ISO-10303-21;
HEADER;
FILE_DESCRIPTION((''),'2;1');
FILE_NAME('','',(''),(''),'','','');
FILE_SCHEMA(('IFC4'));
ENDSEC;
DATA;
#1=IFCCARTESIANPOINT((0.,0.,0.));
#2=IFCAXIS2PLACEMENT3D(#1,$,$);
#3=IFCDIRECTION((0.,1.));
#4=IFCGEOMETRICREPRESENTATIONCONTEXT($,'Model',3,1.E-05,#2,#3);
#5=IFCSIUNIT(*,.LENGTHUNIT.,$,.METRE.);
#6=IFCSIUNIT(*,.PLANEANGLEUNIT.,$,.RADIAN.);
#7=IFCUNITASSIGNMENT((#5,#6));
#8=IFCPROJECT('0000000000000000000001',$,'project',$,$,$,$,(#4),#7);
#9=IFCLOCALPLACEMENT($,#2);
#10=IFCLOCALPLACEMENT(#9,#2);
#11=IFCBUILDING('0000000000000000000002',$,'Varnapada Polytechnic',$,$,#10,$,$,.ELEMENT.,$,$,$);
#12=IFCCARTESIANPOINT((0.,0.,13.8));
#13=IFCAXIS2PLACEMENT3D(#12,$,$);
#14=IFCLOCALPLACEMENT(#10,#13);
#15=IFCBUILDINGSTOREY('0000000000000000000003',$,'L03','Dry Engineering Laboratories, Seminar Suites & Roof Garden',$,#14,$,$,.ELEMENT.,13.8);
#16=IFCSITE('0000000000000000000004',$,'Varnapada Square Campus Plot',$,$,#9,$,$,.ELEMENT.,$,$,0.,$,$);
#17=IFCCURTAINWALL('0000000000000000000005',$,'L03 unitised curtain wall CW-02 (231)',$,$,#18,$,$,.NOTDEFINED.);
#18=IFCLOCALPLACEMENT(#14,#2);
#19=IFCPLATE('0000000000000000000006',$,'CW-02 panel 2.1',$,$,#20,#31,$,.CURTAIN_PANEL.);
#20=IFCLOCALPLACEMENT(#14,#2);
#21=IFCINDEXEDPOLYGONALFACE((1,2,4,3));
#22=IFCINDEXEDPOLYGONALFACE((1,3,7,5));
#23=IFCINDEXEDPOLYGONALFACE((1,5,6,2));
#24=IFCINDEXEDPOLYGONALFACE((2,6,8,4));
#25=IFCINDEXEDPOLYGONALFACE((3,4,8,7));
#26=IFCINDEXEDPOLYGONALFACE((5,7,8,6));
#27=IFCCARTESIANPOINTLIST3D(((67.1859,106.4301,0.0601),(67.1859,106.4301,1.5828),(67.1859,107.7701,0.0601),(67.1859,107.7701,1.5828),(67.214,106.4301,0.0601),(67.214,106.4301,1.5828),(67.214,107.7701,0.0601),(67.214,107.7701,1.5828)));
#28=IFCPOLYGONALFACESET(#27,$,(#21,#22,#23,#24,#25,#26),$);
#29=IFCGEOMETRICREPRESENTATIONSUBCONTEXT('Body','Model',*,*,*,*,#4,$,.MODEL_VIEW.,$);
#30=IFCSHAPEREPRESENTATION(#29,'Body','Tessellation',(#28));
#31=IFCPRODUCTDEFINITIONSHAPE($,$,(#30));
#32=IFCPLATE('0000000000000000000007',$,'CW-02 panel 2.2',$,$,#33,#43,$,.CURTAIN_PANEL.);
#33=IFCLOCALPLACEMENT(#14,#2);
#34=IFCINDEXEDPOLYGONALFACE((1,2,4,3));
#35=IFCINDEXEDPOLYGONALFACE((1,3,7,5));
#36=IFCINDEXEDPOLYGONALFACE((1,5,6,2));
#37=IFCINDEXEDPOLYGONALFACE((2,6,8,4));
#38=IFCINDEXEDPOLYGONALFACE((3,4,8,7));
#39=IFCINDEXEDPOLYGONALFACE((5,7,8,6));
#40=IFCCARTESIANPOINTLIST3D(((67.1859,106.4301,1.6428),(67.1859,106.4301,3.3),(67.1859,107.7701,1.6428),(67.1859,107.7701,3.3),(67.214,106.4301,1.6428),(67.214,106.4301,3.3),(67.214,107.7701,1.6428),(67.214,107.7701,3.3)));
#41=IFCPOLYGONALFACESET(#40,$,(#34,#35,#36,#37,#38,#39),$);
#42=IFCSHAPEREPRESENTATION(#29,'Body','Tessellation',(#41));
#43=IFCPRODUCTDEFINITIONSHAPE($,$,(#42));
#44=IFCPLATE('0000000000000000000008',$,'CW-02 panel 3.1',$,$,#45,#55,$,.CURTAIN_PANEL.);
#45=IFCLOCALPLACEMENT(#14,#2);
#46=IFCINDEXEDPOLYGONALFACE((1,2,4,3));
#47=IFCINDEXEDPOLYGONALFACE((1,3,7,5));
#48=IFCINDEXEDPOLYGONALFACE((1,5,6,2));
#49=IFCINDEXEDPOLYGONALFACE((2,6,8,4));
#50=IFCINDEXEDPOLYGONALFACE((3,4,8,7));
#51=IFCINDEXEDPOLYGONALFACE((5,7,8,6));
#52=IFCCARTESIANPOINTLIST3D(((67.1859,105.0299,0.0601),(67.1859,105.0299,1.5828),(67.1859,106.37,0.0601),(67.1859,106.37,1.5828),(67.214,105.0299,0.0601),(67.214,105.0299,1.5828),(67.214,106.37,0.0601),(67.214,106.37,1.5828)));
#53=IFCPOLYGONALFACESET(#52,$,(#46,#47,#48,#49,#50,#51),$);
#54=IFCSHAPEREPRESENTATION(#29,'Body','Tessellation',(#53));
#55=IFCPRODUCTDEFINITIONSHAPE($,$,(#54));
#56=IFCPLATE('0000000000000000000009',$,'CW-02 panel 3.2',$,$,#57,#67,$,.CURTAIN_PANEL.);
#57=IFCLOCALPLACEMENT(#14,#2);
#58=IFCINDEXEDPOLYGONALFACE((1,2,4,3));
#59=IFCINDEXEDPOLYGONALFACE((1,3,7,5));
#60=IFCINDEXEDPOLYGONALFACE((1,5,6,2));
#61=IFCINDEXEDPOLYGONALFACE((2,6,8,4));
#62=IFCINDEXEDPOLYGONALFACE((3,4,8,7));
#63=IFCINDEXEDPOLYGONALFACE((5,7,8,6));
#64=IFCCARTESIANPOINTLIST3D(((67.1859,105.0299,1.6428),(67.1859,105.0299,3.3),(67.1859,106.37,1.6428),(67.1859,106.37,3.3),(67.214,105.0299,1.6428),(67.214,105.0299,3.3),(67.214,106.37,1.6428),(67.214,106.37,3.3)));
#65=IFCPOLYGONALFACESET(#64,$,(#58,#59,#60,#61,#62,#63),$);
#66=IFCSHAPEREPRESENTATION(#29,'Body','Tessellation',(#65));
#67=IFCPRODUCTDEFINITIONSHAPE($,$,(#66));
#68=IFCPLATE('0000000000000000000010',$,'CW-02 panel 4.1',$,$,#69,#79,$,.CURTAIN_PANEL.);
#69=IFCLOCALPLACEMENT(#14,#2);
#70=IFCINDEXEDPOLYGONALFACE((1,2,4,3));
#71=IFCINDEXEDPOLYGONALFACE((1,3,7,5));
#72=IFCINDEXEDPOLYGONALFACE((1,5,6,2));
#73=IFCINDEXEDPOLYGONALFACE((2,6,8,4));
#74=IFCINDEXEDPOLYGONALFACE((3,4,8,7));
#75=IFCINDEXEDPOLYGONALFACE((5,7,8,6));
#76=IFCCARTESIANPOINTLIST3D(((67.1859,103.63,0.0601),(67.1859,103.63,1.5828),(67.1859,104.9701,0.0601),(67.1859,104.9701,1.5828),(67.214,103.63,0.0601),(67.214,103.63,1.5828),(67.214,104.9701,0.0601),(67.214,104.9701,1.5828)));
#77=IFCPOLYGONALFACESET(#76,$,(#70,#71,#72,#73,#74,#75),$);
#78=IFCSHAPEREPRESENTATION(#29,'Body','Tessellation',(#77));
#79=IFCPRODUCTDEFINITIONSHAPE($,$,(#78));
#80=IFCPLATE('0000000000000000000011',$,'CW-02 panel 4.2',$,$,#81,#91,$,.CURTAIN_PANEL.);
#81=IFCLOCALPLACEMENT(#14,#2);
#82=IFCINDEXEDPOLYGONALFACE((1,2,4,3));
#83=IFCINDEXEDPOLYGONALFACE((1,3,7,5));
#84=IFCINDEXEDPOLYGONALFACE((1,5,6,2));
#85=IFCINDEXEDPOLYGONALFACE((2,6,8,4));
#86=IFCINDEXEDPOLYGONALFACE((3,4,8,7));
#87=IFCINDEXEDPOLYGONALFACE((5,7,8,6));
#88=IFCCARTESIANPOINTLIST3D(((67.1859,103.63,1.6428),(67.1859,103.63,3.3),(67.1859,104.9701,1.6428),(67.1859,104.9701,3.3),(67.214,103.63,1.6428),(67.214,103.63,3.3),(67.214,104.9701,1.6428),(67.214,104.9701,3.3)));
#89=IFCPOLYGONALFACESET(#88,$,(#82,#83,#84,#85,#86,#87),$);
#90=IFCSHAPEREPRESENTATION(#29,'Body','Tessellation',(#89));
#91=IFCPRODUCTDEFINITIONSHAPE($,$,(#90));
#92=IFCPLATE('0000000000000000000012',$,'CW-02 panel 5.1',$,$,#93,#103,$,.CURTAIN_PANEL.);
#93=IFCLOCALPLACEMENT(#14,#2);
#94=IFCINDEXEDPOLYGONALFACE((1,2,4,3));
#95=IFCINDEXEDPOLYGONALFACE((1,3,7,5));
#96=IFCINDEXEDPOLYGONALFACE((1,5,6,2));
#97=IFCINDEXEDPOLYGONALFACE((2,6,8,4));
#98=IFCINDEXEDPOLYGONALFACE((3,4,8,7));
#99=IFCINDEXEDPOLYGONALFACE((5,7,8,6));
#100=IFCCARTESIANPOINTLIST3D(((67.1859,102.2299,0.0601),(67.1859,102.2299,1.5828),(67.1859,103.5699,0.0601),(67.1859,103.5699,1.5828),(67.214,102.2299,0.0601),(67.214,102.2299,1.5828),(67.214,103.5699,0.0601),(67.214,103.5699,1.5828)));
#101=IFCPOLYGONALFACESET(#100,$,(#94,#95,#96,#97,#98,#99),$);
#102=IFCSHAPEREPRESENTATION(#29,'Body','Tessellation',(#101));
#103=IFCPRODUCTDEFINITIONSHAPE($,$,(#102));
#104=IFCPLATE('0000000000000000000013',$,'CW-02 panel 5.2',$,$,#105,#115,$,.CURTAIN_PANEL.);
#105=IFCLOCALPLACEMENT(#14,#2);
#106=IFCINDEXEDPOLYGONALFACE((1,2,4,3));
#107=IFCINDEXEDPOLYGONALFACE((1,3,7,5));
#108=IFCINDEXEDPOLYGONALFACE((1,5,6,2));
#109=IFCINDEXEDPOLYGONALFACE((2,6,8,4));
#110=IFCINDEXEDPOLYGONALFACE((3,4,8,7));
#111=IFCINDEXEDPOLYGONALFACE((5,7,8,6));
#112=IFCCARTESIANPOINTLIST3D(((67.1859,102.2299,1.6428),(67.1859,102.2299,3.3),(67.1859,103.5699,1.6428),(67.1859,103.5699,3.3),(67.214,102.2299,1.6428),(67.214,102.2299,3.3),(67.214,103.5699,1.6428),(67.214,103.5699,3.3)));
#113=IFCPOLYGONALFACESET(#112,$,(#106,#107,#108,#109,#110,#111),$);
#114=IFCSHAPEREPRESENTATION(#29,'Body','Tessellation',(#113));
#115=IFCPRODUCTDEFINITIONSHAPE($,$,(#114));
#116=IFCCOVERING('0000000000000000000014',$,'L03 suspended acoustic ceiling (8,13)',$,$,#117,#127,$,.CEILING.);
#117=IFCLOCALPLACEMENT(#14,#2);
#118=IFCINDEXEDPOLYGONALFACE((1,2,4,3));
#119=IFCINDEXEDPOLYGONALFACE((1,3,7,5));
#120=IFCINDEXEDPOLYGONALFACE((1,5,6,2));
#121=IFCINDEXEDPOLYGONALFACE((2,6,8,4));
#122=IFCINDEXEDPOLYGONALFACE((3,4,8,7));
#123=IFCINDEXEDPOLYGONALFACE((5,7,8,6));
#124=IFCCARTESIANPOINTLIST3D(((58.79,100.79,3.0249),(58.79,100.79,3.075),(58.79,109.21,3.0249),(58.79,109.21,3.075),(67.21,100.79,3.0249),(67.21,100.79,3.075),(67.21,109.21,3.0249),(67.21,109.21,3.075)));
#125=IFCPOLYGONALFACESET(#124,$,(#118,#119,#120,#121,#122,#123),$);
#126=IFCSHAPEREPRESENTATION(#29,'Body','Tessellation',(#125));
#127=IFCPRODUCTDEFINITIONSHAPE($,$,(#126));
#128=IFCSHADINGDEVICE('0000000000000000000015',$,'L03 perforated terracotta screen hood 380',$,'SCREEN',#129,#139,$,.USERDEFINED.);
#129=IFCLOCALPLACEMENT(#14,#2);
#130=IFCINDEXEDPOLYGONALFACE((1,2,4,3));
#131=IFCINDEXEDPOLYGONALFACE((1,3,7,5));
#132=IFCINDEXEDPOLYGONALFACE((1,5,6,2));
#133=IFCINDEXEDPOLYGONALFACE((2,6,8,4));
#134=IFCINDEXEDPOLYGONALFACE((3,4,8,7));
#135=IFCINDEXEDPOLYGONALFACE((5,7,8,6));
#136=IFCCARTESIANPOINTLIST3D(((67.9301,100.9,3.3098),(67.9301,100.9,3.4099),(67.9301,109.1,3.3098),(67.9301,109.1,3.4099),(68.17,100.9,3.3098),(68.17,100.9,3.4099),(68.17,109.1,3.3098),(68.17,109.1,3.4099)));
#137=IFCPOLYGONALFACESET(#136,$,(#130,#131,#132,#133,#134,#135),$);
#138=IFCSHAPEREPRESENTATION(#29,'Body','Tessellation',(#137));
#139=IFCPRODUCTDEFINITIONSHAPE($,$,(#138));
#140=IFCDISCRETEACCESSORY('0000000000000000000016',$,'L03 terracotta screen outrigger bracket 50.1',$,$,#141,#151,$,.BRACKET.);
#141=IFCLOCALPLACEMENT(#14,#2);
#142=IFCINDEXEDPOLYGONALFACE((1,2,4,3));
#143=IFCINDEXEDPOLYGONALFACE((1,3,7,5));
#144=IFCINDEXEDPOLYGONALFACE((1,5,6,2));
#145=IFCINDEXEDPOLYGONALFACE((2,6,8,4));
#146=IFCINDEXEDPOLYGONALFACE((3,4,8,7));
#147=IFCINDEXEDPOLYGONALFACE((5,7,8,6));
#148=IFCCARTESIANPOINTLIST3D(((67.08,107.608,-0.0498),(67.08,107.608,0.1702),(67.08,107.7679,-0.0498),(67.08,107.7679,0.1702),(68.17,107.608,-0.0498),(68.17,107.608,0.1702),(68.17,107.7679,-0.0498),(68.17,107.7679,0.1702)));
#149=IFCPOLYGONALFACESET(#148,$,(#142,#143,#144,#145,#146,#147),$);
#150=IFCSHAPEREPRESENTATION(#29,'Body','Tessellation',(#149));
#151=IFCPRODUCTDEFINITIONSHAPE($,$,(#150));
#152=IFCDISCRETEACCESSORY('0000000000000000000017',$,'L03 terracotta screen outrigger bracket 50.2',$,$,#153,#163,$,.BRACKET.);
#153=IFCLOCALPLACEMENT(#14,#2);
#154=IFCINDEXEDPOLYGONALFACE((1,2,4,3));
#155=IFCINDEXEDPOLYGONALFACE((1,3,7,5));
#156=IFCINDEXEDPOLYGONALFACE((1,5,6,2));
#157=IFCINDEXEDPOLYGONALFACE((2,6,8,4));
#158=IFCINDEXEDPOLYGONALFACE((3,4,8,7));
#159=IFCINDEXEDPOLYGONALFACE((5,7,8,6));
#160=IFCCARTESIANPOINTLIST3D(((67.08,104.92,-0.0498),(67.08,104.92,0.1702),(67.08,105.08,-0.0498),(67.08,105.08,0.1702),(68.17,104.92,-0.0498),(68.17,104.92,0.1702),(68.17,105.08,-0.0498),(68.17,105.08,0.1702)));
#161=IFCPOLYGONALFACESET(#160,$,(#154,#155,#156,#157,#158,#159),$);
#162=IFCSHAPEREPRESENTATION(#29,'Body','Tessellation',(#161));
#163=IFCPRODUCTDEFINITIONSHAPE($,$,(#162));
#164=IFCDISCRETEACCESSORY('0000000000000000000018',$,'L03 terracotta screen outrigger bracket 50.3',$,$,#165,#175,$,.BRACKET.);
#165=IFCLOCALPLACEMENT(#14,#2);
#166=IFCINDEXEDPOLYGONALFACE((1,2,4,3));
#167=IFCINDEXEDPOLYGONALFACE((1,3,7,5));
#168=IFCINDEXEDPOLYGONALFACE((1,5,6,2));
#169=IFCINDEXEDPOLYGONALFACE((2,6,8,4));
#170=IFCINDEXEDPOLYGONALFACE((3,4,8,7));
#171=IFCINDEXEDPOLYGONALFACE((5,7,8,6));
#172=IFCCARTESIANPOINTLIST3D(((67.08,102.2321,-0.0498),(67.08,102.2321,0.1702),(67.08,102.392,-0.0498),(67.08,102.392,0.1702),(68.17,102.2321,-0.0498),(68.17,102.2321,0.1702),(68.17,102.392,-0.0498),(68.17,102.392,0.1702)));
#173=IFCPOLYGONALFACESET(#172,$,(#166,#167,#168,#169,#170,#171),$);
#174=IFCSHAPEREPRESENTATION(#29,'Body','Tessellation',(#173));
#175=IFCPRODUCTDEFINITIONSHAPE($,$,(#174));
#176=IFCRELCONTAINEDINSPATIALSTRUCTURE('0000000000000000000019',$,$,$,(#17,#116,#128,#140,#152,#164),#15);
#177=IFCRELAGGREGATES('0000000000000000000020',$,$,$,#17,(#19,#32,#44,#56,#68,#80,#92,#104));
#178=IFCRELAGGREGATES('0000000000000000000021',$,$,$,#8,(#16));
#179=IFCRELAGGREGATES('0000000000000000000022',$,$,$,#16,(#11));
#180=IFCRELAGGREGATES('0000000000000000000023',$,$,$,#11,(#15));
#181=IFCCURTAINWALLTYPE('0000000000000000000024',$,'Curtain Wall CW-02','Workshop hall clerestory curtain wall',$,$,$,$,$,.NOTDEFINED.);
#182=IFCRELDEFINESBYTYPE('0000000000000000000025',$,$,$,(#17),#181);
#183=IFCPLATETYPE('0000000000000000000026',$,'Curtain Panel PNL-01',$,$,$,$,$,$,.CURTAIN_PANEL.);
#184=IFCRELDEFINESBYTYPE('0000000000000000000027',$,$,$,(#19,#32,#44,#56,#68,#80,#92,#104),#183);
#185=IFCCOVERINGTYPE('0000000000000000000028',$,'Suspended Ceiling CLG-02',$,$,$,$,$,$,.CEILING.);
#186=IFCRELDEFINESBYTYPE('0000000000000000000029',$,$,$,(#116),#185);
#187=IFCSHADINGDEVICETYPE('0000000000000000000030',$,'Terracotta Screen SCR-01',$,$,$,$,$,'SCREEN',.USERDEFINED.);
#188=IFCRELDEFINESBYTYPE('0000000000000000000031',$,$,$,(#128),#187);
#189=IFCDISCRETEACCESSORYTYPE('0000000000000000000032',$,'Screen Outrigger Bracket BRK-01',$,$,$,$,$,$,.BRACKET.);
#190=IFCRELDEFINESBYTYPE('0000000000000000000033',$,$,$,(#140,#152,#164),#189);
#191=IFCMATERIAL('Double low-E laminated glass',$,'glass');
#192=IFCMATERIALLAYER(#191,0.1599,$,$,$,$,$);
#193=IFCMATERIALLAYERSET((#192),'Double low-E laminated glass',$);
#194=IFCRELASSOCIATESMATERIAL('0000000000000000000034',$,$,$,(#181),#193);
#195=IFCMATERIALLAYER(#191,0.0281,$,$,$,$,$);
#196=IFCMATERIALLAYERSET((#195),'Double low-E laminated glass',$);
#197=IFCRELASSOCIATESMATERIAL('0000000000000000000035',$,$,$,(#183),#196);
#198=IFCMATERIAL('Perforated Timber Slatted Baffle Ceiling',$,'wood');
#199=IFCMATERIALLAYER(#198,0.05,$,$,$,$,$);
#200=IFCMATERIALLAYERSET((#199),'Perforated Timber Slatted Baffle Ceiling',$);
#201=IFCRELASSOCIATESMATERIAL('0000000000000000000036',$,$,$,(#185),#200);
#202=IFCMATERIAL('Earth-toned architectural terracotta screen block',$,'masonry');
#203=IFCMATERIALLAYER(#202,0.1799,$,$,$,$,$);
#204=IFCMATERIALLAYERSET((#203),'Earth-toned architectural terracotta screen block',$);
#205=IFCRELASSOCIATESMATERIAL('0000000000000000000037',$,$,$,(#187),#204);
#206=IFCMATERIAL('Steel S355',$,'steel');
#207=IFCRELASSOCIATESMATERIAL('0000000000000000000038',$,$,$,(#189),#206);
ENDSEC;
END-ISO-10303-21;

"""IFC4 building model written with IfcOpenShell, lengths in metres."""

from ifc_helpers import new_model, si_unit, direction, frame, origin, origin_2d, place, context, subcontext, project, spatial, rectangle, extrude, material, layer, layer_set, type_object, element, aggregate, save


model = new_model("IFC4")

# Units and contexts
model_context = context("Model", 3, precision=1e-05, world=origin(), true_north=direction((0.0, 1.0)))
body_context = subcontext(model_context, "Body", "Model", "MODEL_VIEW")
ifc_project = project(units=[si_unit("LENGTHUNIT", "METRE"), si_unit("PLANEANGLEUNIT", "RADIAN")], contexts=[model_context])

# Site, building, storey
site_placement = place(None, origin())
site = spatial("IfcSite", under=ifc_project, at=site_placement, Name="Varnapada Square Campus Plot", CompositionType="ELEMENT", RefElevation=0.0)
building_placement = place(site_placement, origin())
building = spatial("IfcBuilding", under=site, at=building_placement, Name="Varnapada Polytechnic", CompositionType="ELEMENT")
storey_placement = place(building_placement, frame((0.0, 0.0, 13.8)))
storey = spatial("IfcBuildingStorey", under=building, at=storey_placement, Name="L03", Description="Dry Engineering Laboratories, Seminar Suites & Roof Garden", CompositionType="ELEMENT", Elevation=13.8)

# Curtain wall, plates
ifc_material_1 = material(Name="Double low-E laminated glass", Category="glass")
ifc_layer_1 = layer(ifc_material_1, 0.1599)
ifc_layer_set_1 = layer_set([ifc_layer_1], Name="Double low-E laminated glass")
curtain_wall_type = type_object("IfcCurtainWallType", Name="Curtain Wall CW-02", Description="Workshop hall clerestory curtain wall", PredefinedType="NOTDEFINED", material=ifc_layer_set_1)
curtain_wall_placement = place(storey_placement, origin())
curtain_wall = element("IfcCurtainWall", 1, at=curtain_wall_placement, inside=storey, type_object=curtain_wall_type, Name="L03 unitised curtain wall CW-02 (231)", PredefinedType="NOTDEFINED")
ifc_layer_2 = layer(ifc_material_1, 0.0281)
ifc_layer_set_2 = layer_set([ifc_layer_2], Name="Double low-E laminated glass")
plate_type = type_object("IfcPlateType", Name="Curtain Panel PNL-01", PredefinedType="CURTAIN_PANEL", material=ifc_layer_set_2)
plate_1_placement = place(storey_placement, frame((67.2, 107.1001, 0.0601), z_axis=(0.0, 0.0, 1.0), x_axis=(0.0, -1.0, 0.0)))
plate_1 = element("IfcPlate", 2, at=plate_1_placement, type_object=plate_type, Name="CW-02 panel 2.1", PredefinedType="CURTAIN_PANEL", context=body_context, shape_type="SweptSolid", body=[
    extrude(rectangle(XDim=1.3401, YDim=0.0281, at=origin_2d()), origin(), (0.0, 0.0, 1.0), 1.5227),
])
plate_2_placement = place(storey_placement, frame((67.2, 107.1001, 1.6428), z_axis=(0.0, 0.0, 1.0), x_axis=(0.0, -1.0, 0.0)))
plate_2 = element("IfcPlate", 3, at=plate_2_placement, type_object=plate_type, Name="CW-02 panel 2.2", PredefinedType="CURTAIN_PANEL", context=body_context, shape_type="SweptSolid", body=[
    extrude(rectangle(XDim=1.3401, YDim=0.0281, at=origin_2d()), origin(), (0.0, 0.0, 1.0), 1.6572),
])
plate_3_placement = place(storey_placement, frame((67.2, 105.7, 0.0601), z_axis=(0.0, 0.0, 1.0), x_axis=(0.0, -1.0, 0.0)))
plate_3 = element("IfcPlate", 4, at=plate_3_placement, type_object=plate_type, Name="CW-02 panel 3.1", PredefinedType="CURTAIN_PANEL", context=body_context, shape_type="SweptSolid", body=[
    extrude(rectangle(XDim=1.3401, YDim=0.0281, at=origin_2d()), origin(), (0.0, 0.0, 1.0), 1.5227),
])
plate_4_placement = place(storey_placement, frame((67.2, 105.7, 1.6428), z_axis=(0.0, 0.0, 1.0), x_axis=(0.0, -1.0, 0.0)))
plate_4 = element("IfcPlate", 5, at=plate_4_placement, type_object=plate_type, Name="CW-02 panel 3.2", PredefinedType="CURTAIN_PANEL", context=body_context, shape_type="SweptSolid", body=[
    extrude(rectangle(XDim=1.3401, YDim=0.0281, at=origin_2d()), origin(), (0.0, 0.0, 1.0), 1.6572),
])
plate_5_placement = place(storey_placement, frame((67.2, 104.3, 0.0601), z_axis=(0.0, 0.0, 1.0), x_axis=(0.0, -1.0, 0.0)))
plate_5 = element("IfcPlate", 6, at=plate_5_placement, type_object=plate_type, Name="CW-02 panel 4.1", PredefinedType="CURTAIN_PANEL", context=body_context, shape_type="SweptSolid", body=[
    extrude(rectangle(XDim=1.3401, YDim=0.0281, at=origin_2d()), origin(), (0.0, 0.0, 1.0), 1.5227),
])
plate_6_placement = place(storey_placement, frame((67.2, 104.3, 1.6428), z_axis=(0.0, 0.0, 1.0), x_axis=(0.0, -1.0, 0.0)))
plate_6 = element("IfcPlate", 7, at=plate_6_placement, type_object=plate_type, Name="CW-02 panel 4.2", PredefinedType="CURTAIN_PANEL", context=body_context, shape_type="SweptSolid", body=[
    extrude(rectangle(XDim=1.3401, YDim=0.0281, at=origin_2d()), origin(), (0.0, 0.0, 1.0), 1.6572),
])
plate_7_placement = place(storey_placement, frame((67.2, 102.8999, 0.0601), z_axis=(0.0, 0.0, 1.0), x_axis=(0.0, -1.0, 0.0)))
plate_7 = element("IfcPlate", 8, at=plate_7_placement, type_object=plate_type, Name="CW-02 panel 5.1", PredefinedType="CURTAIN_PANEL", context=body_context, shape_type="SweptSolid", body=[
    extrude(rectangle(XDim=1.3401, YDim=0.0281, at=origin_2d()), origin(), (0.0, 0.0, 1.0), 1.5227),
])
plate_8_placement = place(storey_placement, frame((67.2, 102.8999, 1.6428), z_axis=(0.0, 0.0, 1.0), x_axis=(0.0, -1.0, 0.0)))
plate_8 = element("IfcPlate", 9, at=plate_8_placement, type_object=plate_type, Name="CW-02 panel 5.2", PredefinedType="CURTAIN_PANEL", context=body_context, shape_type="SweptSolid", body=[
    extrude(rectangle(XDim=1.3401, YDim=0.0281, at=origin_2d()), origin(), (0.0, 0.0, 1.0), 1.6572),
])
aggregate(curtain_wall, [plate_1, plate_2, plate_3, plate_4, plate_5, plate_6, plate_7, plate_8])

# Covering
ifc_material_2 = material(Name="Perforated Timber Slatted Baffle Ceiling", Category="wood")
ifc_layer_3 = layer(ifc_material_2, 0.05)
ifc_layer_set_3 = layer_set([ifc_layer_3], Name="Perforated Timber Slatted Baffle Ceiling")
covering_type = type_object("IfcCoveringType", Name="Suspended Ceiling CLG-02", PredefinedType="CEILING", material=ifc_layer_set_3)
covering_placement = place(storey_placement, frame((63.0, 105.0, 3.0249), z_axis=(0.0, 0.0, 1.0), x_axis=(1.0, 0.0, 0.0)))
element("IfcCovering", 10, at=covering_placement, inside=storey, type_object=covering_type, Name="L03 suspended acoustic ceiling (8,13)", PredefinedType="CEILING", context=body_context, shape_type="SweptSolid", body=[
    extrude(rectangle(XDim=8.4199, YDim=8.4199, at=origin_2d()), origin(), (0.0, 0.0, 1.0), 0.05),
])

# Shading device
ifc_material_3 = material(Name="Earth-toned architectural terracotta screen block", Category="masonry")
ifc_layer_4 = layer(ifc_material_3, 0.1799)
ifc_layer_set_4 = layer_set([ifc_layer_4], Name="Earth-toned architectural terracotta screen block")
shading_device_type = type_object("IfcShadingDeviceType", Name="Terracotta Screen SCR-01", ElementType="SCREEN", PredefinedType="USERDEFINED", material=ifc_layer_set_4)
shading_device_placement = place(storey_placement, frame((68.05, 105.0, 3.3098), z_axis=(0.0, 0.0, 1.0), x_axis=(0.0, -1.0, 0.0)))
element("IfcShadingDevice", 11, at=shading_device_placement, inside=storey, type_object=shading_device_type, Name="L03 perforated terracotta screen hood 380", ObjectType="SCREEN", PredefinedType="USERDEFINED", context=body_context, shape_type="SweptSolid", body=[
    extrude(rectangle(XDim=8.2, YDim=0.24, at=origin_2d()), origin(), (0.0, 0.0, 1.0), 0.1001),
])

# Discrete accessories
ifc_material_4 = material(Name="Steel S355", Category="steel")
discrete_accessory_type = type_object("IfcDiscreteAccessoryType", Name="Screen Outrigger Bracket BRK-01", PredefinedType="BRACKET", material=ifc_material_4)
for number, where, z_axis, x_axis, name in (
    (12, (67.625, 107.688, -0.0498), (0.0, 0.0, 1.0), (0.0, -1.0, 0.0), "L03 terracotta screen outrigger bracket 50.1"),
    (13, (67.625, 105.0, -0.0498), (0.0, 0.0, 1.0), (0.0, -1.0, 0.0), "L03 terracotta screen outrigger bracket 50.2"),
    (14, (67.625, 102.312, -0.0498), (0.0, 0.0, 1.0), (0.0, -1.0, 0.0), "L03 terracotta screen outrigger bracket 50.3"),
):
    element("IfcDiscreteAccessory", number, at=place(storey_placement, frame(where, z_axis=z_axis, x_axis=x_axis)), inside=storey, type_object=discrete_accessory_type, Name=name, PredefinedType="BRACKET", context=body_context, shape_type="SweptSolid", body=[
        extrude(rectangle(XDim=0.1599, YDim=1.0901, at=origin_2d()), origin(), (0.0, 0.0, 1.0), 0.22),
    ])

save(model, "model.ifc")
